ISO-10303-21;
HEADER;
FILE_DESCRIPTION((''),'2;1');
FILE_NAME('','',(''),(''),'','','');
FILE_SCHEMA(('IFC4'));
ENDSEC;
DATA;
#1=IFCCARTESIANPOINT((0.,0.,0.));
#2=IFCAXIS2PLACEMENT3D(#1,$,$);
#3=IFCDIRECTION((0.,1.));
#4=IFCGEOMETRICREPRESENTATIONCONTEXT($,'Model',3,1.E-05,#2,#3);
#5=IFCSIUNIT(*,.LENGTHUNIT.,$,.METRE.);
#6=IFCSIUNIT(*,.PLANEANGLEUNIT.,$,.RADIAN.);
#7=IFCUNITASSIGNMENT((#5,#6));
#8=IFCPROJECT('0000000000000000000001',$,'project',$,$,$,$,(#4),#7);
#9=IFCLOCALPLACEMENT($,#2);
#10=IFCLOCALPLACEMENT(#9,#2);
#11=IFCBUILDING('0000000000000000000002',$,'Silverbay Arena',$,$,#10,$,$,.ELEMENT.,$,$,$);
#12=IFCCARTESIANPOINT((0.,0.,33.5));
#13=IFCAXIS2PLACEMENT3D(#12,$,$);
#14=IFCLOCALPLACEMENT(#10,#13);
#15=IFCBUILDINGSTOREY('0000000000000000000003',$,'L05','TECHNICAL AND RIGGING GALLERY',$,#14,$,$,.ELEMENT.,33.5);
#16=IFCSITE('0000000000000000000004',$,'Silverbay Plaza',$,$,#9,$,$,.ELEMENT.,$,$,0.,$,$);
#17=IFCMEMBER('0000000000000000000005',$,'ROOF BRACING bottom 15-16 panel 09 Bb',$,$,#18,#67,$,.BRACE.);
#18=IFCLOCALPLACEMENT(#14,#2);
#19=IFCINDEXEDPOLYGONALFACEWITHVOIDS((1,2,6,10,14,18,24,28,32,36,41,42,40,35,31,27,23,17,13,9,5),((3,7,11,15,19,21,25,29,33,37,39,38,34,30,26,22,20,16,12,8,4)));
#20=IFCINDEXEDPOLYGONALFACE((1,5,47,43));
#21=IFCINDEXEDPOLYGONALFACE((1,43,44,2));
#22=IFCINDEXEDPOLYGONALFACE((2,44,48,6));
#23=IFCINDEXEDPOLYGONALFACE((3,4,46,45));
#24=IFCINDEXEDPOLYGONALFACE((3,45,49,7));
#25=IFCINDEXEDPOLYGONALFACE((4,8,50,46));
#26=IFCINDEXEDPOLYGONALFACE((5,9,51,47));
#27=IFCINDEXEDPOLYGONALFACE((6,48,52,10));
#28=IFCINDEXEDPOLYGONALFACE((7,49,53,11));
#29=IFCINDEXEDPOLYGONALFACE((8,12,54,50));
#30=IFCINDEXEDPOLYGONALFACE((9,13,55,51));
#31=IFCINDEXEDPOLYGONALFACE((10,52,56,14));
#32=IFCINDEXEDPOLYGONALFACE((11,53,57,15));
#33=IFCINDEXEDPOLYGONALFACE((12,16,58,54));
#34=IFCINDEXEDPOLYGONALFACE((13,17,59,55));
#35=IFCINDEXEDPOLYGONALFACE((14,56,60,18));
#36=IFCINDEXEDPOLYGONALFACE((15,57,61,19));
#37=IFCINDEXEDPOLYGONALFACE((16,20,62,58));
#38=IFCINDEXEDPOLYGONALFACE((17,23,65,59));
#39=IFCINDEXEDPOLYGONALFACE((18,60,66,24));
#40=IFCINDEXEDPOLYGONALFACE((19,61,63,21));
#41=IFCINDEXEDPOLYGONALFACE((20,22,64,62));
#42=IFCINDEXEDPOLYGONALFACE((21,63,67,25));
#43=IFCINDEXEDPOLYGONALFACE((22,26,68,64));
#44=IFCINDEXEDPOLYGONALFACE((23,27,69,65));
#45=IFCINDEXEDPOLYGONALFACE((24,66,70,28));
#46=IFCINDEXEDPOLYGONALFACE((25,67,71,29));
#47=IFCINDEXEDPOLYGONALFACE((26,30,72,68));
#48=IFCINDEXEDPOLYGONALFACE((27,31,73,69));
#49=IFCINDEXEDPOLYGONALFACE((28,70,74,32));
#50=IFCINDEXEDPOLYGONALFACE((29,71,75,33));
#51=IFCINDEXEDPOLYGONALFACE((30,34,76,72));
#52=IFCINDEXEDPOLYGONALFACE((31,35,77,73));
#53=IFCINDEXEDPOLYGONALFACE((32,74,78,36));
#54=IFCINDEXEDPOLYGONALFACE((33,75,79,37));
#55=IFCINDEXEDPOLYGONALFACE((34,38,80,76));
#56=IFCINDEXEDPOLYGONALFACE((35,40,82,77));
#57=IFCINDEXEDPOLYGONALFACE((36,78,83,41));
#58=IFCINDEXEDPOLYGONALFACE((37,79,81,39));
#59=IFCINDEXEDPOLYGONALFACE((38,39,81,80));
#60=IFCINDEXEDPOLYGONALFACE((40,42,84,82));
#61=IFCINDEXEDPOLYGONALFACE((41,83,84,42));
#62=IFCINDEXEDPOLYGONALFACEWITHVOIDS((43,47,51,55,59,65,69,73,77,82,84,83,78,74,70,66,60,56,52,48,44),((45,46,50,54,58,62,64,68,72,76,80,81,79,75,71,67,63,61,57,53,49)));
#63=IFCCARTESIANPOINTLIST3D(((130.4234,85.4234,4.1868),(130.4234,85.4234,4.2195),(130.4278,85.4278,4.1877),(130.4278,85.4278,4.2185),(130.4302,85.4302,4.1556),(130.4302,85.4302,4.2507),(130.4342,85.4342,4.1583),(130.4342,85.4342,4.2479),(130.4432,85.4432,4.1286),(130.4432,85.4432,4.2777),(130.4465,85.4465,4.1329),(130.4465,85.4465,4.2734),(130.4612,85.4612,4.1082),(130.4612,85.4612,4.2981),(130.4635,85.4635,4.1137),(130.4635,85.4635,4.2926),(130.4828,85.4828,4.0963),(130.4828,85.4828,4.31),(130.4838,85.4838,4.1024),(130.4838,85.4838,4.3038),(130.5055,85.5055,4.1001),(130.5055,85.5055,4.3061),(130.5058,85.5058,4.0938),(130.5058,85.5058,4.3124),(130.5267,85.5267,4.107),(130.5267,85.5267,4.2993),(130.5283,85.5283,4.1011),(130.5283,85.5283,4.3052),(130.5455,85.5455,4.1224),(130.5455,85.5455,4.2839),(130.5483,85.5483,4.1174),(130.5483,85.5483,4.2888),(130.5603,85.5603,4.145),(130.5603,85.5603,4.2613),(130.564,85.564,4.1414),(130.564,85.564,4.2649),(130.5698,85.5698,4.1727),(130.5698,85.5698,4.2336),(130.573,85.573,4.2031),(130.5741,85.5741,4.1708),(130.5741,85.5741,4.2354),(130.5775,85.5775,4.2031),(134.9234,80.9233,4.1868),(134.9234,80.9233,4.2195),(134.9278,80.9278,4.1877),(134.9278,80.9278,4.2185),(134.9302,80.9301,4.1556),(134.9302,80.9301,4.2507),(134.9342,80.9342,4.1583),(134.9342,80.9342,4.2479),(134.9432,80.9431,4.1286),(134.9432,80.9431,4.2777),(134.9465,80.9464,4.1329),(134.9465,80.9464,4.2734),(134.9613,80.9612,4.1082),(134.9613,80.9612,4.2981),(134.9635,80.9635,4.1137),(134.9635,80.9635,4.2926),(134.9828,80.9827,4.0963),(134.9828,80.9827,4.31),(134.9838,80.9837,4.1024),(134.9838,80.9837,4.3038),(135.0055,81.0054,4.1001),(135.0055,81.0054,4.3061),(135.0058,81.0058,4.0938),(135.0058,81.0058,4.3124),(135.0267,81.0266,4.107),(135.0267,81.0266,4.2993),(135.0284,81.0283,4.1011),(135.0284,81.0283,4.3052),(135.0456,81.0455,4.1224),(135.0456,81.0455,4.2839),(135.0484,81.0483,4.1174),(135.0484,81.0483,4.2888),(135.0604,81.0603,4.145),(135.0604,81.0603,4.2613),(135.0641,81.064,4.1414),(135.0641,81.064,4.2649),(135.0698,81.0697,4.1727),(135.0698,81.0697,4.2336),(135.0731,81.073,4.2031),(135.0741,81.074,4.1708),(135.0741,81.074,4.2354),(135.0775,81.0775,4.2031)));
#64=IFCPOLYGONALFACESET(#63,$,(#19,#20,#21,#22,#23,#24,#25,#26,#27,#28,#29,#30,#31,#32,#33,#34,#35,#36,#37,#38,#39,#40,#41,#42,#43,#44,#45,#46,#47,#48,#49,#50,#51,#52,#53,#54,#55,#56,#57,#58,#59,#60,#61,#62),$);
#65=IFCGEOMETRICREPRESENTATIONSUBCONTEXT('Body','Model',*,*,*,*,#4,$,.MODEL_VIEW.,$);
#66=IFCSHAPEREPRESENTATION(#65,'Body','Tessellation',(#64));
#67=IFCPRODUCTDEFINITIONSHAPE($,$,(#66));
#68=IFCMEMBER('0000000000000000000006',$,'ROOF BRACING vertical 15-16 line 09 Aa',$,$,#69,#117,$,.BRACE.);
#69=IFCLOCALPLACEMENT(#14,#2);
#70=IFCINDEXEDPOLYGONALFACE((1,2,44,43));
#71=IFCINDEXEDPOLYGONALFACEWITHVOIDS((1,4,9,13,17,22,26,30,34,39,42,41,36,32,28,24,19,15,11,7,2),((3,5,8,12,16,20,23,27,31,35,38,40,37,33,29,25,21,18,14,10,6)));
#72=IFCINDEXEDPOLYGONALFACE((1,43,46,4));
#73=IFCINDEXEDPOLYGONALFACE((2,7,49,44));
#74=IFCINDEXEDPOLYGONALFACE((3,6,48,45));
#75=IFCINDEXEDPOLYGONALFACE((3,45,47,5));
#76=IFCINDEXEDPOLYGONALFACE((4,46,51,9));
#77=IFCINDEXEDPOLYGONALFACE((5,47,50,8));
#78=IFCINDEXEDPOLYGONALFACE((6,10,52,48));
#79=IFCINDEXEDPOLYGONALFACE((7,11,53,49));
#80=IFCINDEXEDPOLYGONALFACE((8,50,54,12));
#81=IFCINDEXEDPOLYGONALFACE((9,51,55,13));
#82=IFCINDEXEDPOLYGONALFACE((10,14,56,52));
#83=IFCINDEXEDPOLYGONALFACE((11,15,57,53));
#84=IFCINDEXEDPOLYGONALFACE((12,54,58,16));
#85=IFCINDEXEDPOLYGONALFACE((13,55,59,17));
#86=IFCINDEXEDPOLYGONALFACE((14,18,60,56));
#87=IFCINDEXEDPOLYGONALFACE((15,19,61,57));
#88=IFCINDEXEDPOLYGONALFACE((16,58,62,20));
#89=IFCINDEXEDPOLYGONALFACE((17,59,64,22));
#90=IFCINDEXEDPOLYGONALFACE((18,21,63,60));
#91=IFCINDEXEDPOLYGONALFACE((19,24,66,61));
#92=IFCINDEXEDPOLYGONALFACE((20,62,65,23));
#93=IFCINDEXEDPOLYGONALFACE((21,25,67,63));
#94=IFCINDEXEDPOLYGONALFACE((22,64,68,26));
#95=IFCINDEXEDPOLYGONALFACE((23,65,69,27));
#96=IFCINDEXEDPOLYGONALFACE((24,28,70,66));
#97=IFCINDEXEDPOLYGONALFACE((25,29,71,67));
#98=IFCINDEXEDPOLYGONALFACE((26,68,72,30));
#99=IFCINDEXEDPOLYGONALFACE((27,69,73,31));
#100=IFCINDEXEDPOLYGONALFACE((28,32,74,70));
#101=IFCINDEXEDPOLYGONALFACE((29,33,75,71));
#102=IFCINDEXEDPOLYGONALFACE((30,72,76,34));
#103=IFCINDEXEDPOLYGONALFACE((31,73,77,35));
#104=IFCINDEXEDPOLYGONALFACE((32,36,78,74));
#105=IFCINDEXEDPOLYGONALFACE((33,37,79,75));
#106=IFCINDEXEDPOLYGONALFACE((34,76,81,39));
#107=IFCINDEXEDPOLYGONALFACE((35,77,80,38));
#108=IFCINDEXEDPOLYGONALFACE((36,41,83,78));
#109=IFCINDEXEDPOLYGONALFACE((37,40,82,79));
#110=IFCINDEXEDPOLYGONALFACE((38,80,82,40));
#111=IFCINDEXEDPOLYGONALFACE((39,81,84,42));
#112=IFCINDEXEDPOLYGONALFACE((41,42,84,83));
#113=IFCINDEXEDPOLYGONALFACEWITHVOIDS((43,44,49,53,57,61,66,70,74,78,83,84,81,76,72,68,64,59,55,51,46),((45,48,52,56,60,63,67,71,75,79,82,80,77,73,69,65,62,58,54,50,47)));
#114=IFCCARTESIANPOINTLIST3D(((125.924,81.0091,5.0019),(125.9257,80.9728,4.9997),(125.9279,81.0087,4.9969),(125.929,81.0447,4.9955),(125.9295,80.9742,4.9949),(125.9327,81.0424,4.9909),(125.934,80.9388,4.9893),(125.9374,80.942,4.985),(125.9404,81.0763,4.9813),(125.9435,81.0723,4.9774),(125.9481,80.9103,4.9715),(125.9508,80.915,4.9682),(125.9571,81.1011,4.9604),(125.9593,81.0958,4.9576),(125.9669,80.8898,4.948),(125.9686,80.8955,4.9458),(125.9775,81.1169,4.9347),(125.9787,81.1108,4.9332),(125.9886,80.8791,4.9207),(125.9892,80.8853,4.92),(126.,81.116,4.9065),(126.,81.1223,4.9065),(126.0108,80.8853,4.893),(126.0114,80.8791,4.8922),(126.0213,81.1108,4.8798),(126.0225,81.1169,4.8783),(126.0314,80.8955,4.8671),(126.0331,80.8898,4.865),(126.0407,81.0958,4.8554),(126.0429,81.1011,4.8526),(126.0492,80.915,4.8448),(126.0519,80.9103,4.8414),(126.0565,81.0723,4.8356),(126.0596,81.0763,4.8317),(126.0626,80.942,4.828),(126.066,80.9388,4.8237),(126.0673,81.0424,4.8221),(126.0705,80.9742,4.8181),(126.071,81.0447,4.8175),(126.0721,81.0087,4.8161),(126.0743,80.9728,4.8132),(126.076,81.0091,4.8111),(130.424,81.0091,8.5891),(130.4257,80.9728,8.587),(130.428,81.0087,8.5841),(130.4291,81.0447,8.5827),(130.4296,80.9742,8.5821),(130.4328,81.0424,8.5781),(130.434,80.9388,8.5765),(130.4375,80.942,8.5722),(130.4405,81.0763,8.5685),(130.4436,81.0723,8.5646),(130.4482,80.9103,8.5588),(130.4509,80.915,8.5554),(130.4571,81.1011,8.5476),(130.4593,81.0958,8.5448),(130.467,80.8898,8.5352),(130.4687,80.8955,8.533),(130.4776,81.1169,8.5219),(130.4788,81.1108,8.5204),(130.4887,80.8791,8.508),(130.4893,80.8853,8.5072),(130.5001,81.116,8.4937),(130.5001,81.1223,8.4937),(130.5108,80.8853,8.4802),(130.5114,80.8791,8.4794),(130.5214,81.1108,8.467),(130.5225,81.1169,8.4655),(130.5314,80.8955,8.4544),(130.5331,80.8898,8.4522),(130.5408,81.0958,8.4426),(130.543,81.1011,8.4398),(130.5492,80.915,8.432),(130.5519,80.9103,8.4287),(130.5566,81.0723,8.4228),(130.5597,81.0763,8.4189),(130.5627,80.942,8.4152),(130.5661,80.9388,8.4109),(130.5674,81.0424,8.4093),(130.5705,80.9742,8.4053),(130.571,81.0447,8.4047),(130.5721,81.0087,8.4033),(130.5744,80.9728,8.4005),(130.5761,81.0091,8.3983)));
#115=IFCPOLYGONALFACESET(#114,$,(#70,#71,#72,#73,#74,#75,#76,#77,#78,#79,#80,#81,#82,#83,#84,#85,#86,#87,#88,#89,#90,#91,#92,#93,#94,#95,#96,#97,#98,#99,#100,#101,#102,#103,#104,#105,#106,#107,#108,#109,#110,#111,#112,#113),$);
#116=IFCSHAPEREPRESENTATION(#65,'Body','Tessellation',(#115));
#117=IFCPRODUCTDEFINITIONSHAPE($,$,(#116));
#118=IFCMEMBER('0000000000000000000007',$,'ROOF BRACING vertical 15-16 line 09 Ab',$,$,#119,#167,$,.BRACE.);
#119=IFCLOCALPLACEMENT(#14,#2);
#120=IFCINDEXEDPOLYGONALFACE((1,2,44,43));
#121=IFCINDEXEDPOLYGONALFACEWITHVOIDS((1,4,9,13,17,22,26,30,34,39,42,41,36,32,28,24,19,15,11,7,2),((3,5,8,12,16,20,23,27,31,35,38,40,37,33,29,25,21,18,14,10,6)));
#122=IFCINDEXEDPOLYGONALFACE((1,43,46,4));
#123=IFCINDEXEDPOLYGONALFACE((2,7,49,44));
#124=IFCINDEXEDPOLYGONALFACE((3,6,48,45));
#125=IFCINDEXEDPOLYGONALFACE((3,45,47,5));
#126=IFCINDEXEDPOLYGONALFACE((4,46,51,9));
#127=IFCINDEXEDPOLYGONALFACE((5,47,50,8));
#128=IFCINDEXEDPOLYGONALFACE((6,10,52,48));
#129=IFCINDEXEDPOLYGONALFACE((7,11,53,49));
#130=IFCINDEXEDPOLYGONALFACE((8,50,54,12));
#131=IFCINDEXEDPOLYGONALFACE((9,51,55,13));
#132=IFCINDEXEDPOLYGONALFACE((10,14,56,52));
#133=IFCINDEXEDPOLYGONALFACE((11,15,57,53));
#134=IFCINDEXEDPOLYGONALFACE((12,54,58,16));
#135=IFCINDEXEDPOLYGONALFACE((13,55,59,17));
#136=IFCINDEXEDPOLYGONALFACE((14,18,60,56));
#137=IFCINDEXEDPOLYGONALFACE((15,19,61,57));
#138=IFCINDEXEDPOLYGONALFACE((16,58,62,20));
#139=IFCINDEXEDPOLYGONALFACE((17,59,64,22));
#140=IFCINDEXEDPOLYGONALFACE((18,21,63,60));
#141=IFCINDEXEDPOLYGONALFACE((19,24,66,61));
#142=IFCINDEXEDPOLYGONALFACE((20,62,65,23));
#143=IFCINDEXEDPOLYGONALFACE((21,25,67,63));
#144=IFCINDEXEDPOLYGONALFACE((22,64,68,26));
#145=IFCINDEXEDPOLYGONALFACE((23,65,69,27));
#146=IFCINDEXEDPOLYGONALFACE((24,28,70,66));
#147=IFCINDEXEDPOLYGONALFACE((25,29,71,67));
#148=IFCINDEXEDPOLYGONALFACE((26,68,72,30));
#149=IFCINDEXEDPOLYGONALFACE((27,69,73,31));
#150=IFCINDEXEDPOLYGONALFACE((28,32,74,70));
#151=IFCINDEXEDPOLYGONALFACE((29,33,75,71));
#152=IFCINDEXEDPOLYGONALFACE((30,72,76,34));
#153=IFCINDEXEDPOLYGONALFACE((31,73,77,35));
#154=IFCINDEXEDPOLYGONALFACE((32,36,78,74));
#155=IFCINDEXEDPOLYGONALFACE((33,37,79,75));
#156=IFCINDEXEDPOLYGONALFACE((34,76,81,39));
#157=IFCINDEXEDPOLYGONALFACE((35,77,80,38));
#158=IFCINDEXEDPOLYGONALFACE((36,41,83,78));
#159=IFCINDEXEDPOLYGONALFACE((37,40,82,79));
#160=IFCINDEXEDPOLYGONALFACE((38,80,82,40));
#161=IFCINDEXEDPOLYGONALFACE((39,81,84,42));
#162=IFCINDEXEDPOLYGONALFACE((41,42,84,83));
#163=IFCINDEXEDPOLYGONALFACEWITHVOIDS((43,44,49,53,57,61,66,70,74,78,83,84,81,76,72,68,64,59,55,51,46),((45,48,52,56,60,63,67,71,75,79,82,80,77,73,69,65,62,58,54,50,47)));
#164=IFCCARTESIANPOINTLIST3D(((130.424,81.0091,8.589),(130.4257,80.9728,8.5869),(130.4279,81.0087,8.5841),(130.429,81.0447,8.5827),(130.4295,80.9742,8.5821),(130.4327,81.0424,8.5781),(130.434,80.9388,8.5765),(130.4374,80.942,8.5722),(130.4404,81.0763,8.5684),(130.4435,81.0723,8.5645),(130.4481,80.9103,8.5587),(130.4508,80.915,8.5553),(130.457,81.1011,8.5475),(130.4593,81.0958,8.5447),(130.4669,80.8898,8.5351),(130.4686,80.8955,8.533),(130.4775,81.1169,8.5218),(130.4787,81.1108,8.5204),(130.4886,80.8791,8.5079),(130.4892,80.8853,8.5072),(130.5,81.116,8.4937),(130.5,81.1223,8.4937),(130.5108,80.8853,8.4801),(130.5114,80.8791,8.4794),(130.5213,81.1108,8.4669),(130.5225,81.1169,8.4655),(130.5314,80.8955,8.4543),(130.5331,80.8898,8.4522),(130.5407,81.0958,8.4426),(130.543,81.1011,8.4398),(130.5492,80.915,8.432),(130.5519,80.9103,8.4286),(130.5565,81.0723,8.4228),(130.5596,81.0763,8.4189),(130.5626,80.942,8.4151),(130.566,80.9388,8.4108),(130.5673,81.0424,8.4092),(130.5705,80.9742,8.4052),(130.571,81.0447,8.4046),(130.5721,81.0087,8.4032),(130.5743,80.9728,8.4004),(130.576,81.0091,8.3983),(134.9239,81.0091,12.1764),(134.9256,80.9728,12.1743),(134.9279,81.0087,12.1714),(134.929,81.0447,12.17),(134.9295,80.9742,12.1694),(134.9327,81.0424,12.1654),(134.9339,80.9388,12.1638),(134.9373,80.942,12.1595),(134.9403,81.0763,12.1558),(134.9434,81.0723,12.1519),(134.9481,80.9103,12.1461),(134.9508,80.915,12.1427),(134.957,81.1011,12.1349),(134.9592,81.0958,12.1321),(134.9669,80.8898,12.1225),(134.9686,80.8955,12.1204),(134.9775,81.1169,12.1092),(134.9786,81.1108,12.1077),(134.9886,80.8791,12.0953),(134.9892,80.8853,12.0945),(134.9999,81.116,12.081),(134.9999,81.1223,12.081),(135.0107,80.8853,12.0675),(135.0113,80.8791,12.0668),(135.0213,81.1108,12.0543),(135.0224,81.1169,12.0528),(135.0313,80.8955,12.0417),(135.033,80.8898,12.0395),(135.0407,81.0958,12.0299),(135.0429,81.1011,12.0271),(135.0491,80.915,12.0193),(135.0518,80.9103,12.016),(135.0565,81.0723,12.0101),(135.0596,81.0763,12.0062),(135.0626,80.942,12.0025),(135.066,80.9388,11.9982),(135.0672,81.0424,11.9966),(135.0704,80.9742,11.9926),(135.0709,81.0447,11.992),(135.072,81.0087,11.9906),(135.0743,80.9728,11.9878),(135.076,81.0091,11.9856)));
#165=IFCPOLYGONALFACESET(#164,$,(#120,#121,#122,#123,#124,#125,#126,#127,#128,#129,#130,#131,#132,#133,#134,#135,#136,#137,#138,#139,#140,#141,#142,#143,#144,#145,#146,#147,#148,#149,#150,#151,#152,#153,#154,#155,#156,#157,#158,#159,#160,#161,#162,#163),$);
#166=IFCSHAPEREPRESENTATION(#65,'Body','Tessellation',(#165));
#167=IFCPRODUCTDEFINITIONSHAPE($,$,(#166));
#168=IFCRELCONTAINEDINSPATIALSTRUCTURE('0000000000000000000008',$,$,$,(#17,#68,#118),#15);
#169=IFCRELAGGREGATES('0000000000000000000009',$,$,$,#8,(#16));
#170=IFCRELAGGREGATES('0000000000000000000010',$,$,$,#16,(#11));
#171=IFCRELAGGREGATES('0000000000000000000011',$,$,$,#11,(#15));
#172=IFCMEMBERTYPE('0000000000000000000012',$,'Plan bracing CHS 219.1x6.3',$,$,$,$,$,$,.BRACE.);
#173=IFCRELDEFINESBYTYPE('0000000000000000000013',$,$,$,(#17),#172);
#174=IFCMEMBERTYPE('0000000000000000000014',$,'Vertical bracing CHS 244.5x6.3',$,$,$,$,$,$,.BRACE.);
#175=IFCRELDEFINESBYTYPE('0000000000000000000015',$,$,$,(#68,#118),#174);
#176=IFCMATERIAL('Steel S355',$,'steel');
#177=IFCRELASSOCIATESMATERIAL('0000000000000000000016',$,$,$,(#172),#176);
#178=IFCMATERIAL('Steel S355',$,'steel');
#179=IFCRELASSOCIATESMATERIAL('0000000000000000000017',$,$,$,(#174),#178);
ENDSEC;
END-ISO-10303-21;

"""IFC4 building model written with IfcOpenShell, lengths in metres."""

from ifc_helpers import new_model, si_unit, direction, frame, origin, origin_2d, place, context, subcontext, project, spatial, hollow_circle, extrude, material, material_profile, profile_set, type_object, element, save


model = new_model("IFC4")

# Units and contexts
model_context = context("Model", 3, precision=1e-05, world=origin(), true_north=direction((0.0, 1.0)))
body_context = subcontext(model_context, "Body", "Model", "MODEL_VIEW")
ifc_project = project(units=[si_unit("LENGTHUNIT", "METRE"), si_unit("PLANEANGLEUNIT", "RADIAN")], contexts=[model_context])

# Site, building, storey
site_placement = place(None, origin())
site = spatial("IfcSite", under=ifc_project, at=site_placement, Name="Silverbay Plaza", CompositionType="ELEMENT", RefElevation=0.0)
building_placement = place(site_placement, origin())
building = spatial("IfcBuilding", under=site, at=building_placement, Name="Silverbay Arena", CompositionType="ELEMENT")
storey_placement = place(building_placement, frame((0.0, 0.0, 33.5)))
storey = spatial("IfcBuildingStorey", under=building, at=storey_placement, Name="L05", Description="TECHNICAL AND RIGGING GALLERY", CompositionType="ELEMENT", Elevation=33.5)

# Members
ifc_material_1 = material(Name="Steel S355", Category="steel")
ifc_material_profile_1 = material_profile(ifc_material_1, hollow_circle(Radius=0.1096, WallThickness=0.0063, at=origin_2d()), Name="CHS 219.1x6.3")
ifc_profile_set_1 = profile_set([ifc_material_profile_1], Name="Steel S355")
member_type_1 = type_object("IfcMemberType", Name="Plan bracing CHS 219.1x6.3", PredefinedType="BRACE", material=ifc_profile_set_1)
for number, where, z_axis, x_axis, name in (
    (1, (130.5, 85.5, 4.2031), (0.707107, -0.707107, 0.0), (0.707107, 0.707107, 0.0), "ROOF BRACING bottom 15-16 panel 09 Bb"),
):
    element("IfcMember", number, at=place(storey_placement, frame(where, z_axis=z_axis, x_axis=x_axis)), inside=storey, type_object=member_type_1, Name=name, PredefinedType="BRACE", context=body_context, shape_type="SweptSolid", body=[
        extrude(hollow_circle(Radius=0.1096, WallThickness=0.0063, at=origin_2d()), origin(), (0.0, 0.0, 1.0), 6.364),
    ])
ifc_material_2 = material(Name="Steel S355", Category="steel")
ifc_material_profile_2 = material_profile(ifc_material_2, hollow_circle(Radius=0.1223, WallThickness=0.0063, at=origin_2d()), Name="CHS 244.5x6.3")
ifc_profile_set_2 = profile_set([ifc_material_profile_2], Name="Steel S355")
member_type_2 = type_object("IfcMemberType", Name="Vertical bracing CHS 244.5x6.3", PredefinedType="BRACE", material=ifc_profile_set_2)
for number, where, z_axis, x_axis, name in (
    (2, (126.0, 81.0, 4.9065), (0.781956, 0.0, 0.623333), (0.0, 1.0, 0.0), "ROOF BRACING vertical 15-16 line 09 Aa"),
    (3, (130.5, 81.0, 8.4937), (0.781935, 0.0, 0.623359), (0.0, 1.0, 0.0), "ROOF BRACING vertical 15-16 line 09 Ab"),
):
    element("IfcMember", number, at=place(storey_placement, frame(where, z_axis=z_axis, x_axis=x_axis)), inside=storey, type_object=member_type_2, Name=name, PredefinedType="BRACE", context=body_context, shape_type="SweptSolid", body=[
        extrude(hollow_circle(Radius=0.1223, WallThickness=0.0063, at=origin_2d()), origin(), (0.0, 0.0, 1.0), 5.7549),
    ])

save(model, "model.ifc")
